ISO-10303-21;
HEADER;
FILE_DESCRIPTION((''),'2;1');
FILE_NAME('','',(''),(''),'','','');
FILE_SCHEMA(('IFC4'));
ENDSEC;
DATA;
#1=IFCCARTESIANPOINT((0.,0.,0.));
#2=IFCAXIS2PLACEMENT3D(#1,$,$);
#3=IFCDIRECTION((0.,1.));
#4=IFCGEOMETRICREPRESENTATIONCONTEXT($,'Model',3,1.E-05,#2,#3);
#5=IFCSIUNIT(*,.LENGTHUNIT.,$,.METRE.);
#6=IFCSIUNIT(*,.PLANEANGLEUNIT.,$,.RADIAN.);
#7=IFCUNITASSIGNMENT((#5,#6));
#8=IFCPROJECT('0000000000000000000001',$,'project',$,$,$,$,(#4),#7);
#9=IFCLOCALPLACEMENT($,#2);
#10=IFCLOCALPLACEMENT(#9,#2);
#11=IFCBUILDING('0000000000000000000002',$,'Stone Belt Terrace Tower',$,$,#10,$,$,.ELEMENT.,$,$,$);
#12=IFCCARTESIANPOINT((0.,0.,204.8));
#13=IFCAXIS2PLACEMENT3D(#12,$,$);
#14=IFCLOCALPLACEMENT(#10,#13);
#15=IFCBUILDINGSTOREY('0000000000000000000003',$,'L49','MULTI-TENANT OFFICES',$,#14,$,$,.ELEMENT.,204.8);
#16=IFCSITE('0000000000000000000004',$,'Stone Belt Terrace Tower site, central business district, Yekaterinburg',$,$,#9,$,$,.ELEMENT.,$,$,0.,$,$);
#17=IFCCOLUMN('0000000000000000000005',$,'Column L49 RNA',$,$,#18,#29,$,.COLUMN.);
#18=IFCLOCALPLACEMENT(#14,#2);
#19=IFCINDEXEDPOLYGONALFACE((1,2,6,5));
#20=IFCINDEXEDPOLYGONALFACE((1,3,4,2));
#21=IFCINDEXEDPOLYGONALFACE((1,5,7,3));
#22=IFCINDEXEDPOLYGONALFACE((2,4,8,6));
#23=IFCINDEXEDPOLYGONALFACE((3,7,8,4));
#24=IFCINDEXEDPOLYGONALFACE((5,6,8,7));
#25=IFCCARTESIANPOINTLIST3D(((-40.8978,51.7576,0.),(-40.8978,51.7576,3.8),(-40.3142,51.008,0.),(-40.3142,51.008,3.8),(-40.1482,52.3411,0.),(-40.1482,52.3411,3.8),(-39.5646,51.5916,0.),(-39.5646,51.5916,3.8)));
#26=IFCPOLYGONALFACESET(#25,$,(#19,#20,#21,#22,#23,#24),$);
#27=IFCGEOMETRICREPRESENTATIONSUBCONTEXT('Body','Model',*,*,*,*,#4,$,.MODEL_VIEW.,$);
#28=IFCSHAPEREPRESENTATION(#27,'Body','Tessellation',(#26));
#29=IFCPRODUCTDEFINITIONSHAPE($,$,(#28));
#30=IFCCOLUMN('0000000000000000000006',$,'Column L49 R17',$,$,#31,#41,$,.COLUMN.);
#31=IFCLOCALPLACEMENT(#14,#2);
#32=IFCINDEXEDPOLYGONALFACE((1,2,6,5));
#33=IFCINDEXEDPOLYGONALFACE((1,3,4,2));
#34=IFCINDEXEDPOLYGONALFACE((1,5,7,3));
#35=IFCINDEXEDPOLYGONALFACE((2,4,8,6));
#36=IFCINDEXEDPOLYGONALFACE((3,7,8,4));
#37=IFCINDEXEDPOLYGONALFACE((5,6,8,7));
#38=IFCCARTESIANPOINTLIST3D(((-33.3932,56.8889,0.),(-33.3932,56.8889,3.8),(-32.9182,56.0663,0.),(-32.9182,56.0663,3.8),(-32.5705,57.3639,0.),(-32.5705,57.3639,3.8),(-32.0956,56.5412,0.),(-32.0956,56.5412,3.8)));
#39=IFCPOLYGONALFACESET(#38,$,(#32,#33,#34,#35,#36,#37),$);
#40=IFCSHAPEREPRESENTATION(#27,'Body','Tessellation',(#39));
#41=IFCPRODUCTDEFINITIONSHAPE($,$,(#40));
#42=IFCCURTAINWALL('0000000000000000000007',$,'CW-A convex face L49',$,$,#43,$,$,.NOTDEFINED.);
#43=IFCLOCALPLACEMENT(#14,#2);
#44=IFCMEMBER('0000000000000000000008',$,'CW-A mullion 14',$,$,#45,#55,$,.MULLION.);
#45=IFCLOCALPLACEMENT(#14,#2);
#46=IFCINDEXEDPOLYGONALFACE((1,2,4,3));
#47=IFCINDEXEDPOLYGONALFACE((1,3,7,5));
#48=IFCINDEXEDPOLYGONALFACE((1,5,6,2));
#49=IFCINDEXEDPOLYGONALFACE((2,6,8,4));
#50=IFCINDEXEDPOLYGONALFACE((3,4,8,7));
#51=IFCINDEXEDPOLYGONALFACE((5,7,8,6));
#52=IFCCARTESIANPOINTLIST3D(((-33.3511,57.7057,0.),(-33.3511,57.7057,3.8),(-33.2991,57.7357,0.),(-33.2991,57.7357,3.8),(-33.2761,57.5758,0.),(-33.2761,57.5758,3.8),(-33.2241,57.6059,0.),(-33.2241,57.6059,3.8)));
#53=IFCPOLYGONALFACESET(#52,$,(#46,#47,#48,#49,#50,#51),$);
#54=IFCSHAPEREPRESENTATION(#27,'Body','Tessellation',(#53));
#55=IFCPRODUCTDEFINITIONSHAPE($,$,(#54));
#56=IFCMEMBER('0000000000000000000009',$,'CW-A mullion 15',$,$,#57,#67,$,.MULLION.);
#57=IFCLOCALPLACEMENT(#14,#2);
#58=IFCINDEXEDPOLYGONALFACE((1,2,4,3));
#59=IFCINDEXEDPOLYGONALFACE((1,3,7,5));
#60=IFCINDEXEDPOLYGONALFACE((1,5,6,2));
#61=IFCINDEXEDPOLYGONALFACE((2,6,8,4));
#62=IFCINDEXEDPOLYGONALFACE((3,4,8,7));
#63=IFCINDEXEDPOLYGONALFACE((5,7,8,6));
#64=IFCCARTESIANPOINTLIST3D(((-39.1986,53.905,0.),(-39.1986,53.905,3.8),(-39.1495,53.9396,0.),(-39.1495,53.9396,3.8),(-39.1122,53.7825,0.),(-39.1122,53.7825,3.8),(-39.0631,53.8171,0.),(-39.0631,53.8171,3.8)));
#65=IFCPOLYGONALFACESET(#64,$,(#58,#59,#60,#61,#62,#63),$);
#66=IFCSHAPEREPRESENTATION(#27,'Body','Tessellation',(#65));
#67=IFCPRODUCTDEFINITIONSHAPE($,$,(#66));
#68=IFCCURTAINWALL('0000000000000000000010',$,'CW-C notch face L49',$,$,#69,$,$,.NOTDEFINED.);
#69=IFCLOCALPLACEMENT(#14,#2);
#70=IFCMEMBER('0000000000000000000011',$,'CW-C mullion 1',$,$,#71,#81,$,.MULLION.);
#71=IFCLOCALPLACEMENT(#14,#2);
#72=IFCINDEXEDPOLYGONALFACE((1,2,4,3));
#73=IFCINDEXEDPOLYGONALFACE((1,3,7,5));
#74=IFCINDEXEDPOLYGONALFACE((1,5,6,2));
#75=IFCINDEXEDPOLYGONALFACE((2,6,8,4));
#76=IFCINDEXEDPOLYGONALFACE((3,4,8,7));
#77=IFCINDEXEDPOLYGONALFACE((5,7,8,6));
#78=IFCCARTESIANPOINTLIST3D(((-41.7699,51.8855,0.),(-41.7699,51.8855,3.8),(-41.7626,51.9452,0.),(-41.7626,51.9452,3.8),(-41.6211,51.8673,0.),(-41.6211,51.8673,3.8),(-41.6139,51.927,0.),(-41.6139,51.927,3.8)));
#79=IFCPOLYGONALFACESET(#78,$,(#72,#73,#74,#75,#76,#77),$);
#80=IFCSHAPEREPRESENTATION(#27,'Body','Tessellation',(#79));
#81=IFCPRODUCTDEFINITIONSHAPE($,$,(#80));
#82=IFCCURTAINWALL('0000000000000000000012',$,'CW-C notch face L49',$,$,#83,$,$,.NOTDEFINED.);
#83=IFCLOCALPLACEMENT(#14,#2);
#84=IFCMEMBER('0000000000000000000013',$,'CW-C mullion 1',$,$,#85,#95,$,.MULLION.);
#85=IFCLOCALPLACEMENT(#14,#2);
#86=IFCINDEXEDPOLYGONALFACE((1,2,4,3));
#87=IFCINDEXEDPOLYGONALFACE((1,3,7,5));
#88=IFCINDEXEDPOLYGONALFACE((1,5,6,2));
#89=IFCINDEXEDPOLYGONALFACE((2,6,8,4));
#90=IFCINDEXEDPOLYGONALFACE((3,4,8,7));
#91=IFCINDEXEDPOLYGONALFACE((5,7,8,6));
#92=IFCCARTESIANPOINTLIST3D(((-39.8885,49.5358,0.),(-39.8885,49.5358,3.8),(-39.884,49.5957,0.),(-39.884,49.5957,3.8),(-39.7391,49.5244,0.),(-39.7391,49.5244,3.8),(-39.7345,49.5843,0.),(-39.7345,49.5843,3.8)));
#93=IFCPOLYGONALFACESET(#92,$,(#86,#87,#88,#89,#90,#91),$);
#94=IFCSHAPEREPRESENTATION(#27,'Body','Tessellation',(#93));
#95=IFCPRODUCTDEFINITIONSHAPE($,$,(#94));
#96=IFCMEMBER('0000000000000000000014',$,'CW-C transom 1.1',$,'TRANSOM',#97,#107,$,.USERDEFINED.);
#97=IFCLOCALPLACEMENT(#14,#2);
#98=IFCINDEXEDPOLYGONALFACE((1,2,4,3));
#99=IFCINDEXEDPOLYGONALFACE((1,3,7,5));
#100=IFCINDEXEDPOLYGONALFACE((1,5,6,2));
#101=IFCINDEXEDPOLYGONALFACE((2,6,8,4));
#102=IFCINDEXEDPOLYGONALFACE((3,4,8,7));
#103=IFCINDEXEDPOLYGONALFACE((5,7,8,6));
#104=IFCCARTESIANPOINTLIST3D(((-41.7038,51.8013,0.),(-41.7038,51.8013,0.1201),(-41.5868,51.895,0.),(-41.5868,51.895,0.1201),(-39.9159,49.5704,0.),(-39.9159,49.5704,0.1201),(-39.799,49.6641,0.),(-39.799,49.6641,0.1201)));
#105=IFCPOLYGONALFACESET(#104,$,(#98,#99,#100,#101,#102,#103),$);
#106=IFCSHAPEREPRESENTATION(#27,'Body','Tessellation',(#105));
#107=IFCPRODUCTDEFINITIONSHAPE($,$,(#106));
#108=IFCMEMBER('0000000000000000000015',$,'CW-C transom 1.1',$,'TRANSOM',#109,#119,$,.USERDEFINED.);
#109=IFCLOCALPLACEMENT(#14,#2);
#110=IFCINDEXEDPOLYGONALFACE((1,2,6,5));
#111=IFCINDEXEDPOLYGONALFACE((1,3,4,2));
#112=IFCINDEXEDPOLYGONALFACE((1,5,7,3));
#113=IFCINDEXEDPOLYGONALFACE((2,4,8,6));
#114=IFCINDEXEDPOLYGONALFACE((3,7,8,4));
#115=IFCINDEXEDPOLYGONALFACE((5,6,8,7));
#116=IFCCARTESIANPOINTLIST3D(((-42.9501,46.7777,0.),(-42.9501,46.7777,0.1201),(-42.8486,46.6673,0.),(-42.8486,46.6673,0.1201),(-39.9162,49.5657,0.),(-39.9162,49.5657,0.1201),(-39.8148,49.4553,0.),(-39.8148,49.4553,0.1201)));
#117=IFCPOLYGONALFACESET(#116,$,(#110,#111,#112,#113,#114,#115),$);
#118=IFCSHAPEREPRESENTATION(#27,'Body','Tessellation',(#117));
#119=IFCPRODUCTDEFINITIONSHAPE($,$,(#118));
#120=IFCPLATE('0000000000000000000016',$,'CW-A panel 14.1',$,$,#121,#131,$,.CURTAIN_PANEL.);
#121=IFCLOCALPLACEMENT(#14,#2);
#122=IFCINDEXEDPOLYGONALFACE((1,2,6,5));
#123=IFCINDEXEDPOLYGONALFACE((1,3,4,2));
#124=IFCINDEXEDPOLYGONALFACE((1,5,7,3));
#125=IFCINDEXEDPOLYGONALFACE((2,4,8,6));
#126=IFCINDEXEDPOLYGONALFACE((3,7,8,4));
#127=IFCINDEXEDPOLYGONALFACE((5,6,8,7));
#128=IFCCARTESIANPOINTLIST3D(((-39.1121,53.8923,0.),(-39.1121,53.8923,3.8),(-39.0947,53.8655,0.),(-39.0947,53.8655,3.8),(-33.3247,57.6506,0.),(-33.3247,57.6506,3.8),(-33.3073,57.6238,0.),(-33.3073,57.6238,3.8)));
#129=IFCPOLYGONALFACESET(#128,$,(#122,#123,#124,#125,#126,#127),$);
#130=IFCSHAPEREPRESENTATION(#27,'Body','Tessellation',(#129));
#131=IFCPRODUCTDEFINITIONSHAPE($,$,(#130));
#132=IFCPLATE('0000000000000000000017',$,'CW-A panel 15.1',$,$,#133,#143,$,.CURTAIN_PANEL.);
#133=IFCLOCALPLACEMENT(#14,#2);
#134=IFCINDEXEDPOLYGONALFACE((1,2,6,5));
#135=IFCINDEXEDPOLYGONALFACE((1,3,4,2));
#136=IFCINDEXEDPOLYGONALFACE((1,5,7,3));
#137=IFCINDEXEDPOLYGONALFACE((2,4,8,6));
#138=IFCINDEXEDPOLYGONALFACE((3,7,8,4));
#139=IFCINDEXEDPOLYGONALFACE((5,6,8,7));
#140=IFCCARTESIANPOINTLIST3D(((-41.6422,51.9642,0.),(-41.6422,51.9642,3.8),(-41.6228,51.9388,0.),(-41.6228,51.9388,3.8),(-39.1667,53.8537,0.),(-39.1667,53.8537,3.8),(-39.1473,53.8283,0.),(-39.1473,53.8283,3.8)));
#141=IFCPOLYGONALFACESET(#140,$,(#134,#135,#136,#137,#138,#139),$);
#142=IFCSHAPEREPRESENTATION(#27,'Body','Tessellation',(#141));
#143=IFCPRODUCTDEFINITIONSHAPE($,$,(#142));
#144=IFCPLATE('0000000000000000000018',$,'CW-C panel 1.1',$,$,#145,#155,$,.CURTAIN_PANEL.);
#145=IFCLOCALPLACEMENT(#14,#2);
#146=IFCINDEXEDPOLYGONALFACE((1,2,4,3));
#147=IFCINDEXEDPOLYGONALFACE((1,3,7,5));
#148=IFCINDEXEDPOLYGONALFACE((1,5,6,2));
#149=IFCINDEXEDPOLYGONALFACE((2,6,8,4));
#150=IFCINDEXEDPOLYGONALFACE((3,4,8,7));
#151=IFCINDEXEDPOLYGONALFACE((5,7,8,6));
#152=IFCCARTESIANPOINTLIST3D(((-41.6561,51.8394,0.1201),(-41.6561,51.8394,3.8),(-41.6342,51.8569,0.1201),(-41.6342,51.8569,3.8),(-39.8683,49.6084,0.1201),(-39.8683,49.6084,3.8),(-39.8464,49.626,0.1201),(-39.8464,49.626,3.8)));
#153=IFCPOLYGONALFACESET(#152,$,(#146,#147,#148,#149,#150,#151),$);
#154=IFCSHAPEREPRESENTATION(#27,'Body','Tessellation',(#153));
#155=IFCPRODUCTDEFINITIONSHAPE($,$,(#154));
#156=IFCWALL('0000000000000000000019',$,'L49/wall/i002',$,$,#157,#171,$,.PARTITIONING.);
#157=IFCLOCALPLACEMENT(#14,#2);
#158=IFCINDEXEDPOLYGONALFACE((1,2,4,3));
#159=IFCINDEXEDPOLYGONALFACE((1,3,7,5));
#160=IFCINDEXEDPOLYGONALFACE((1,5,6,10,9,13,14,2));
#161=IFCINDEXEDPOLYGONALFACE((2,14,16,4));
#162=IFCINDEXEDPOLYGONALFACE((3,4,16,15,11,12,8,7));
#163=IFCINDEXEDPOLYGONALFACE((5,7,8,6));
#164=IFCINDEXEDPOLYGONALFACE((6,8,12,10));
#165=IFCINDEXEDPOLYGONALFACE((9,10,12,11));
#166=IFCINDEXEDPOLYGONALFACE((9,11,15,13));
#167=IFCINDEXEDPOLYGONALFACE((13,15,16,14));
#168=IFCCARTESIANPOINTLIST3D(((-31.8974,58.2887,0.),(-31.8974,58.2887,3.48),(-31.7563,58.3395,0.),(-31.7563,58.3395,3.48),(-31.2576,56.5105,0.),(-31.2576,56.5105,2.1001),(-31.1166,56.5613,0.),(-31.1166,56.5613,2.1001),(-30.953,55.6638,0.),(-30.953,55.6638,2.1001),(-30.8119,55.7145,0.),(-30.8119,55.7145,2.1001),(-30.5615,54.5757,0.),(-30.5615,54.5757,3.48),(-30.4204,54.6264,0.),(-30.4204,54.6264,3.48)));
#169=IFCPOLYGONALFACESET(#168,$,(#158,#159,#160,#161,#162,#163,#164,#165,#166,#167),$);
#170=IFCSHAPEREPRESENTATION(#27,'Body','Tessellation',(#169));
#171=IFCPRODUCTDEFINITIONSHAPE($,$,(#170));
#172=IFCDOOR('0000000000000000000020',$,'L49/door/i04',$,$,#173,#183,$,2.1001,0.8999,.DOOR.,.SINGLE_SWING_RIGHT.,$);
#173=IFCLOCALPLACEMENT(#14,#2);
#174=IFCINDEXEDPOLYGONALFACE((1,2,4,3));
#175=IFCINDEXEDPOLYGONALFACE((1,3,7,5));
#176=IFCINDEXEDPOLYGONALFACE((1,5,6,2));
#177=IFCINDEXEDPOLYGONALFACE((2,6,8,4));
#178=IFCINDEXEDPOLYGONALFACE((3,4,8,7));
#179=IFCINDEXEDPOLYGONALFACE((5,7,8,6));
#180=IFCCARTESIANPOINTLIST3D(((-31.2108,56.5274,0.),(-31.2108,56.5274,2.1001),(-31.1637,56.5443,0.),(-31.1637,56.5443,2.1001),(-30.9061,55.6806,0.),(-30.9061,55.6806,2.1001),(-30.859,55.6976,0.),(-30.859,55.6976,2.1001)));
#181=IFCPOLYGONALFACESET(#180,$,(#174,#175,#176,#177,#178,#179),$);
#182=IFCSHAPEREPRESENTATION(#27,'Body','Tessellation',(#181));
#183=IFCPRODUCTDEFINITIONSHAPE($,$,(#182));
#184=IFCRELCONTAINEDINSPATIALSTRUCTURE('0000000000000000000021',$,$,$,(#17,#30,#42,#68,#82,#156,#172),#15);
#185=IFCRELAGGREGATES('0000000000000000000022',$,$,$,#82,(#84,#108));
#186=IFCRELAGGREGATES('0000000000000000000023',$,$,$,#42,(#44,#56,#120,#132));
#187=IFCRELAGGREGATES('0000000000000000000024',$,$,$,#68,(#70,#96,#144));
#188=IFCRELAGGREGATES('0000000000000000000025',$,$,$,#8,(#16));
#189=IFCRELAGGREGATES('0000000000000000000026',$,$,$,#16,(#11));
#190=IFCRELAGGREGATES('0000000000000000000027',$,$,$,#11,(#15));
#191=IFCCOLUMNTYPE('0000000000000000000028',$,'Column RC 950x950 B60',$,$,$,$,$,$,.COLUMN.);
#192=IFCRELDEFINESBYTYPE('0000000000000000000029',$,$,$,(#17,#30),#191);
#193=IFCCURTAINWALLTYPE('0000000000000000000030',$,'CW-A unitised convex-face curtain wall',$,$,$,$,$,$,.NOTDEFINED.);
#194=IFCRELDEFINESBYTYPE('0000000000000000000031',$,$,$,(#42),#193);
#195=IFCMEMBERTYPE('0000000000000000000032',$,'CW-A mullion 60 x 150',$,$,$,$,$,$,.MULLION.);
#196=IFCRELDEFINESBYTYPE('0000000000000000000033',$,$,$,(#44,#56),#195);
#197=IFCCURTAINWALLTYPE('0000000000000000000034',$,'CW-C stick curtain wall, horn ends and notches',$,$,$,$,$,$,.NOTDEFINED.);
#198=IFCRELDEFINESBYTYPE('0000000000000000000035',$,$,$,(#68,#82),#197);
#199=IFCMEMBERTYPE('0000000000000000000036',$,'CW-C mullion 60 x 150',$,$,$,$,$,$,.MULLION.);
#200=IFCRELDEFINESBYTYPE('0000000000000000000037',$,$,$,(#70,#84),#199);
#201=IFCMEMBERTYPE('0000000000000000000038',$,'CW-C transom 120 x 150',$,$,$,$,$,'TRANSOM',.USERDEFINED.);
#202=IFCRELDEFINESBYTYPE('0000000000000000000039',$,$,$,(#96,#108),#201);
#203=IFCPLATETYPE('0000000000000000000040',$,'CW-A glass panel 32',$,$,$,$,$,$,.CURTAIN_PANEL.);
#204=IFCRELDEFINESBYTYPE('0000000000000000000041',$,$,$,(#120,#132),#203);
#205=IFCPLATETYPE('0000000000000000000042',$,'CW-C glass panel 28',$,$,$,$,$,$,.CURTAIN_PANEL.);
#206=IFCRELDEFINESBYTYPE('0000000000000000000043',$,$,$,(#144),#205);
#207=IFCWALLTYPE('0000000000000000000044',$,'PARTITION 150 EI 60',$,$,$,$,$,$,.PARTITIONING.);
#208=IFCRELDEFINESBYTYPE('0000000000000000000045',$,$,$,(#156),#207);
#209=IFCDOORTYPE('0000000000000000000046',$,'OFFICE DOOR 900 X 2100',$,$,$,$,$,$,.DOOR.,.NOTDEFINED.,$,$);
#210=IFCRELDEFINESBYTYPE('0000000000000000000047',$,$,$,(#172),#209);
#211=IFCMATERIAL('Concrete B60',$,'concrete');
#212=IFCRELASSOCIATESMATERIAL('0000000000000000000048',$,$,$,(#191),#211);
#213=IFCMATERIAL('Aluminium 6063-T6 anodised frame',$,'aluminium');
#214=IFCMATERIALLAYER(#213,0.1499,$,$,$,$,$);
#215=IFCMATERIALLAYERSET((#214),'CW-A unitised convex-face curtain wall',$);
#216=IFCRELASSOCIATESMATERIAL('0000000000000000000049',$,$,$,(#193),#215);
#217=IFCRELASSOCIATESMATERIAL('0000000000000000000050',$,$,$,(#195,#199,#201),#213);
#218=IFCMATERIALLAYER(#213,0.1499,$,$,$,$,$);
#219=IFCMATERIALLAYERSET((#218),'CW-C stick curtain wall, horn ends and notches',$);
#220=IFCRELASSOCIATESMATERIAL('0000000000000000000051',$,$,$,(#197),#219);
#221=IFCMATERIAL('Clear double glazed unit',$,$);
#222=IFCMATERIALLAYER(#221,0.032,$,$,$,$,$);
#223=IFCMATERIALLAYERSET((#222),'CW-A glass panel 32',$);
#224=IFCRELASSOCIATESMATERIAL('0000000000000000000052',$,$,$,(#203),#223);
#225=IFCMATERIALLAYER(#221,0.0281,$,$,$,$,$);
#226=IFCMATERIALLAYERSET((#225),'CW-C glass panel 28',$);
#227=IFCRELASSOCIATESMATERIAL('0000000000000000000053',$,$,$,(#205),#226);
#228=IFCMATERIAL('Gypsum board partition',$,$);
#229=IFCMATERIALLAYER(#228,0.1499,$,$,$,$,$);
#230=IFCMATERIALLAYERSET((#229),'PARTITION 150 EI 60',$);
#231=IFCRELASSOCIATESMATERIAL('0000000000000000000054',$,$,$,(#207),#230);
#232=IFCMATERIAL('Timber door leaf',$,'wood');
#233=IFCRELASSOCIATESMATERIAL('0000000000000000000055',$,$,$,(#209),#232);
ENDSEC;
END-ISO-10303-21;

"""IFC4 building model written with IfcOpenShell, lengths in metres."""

from ifc_helpers import new_model, si_unit, direction, frame, frame_2d, origin, origin_2d, place, context, subcontext, project, spatial, rectangle, extrude, material, layer, layer_set, material_profile, profile_set, type_object, element, fill, aggregate, save


model = new_model("IFC4")

# Units and contexts
model_context = context("Model", 3, precision=1e-05, world=origin(), true_north=direction((0.0, 1.0)))
body_context = subcontext(model_context, "Body", "Model", "MODEL_VIEW")
ifc_project = project(units=[si_unit("LENGTHUNIT", "METRE"), si_unit("PLANEANGLEUNIT", "RADIAN")], contexts=[model_context])

# Site, building, storey
site_placement = place(None, origin())
site = spatial("IfcSite", under=ifc_project, at=site_placement, Name="Stone Belt Terrace Tower site, central business district, Yekaterinburg", CompositionType="ELEMENT", RefElevation=0.0)
building_placement = place(site_placement, origin())
building = spatial("IfcBuilding", under=site, at=building_placement, Name="Stone Belt Terrace Tower", CompositionType="ELEMENT")
storey_placement = place(building_placement, frame((0.0, 0.0, 204.8)))
storey = spatial("IfcBuildingStorey", under=building, at=storey_placement, Name="L49", Description="MULTI-TENANT OFFICES", CompositionType="ELEMENT", Elevation=204.8)

# Columns
ifc_material_1 = material(Name="Concrete B60", Category="concrete")
ifc_material_profile_1 = material_profile(ifc_material_1, rectangle(XDim=0.95, YDim=0.95, at=origin_2d()), Name="RC 950x950")
ifc_profile_set_1 = profile_set([ifc_material_profile_1], Name="Concrete B60")
column_type = type_object("IfcColumnType", Name="Column RC 950x950 B60", PredefinedType="COLUMN", material=ifc_profile_set_1)
for number, where, z_axis, x_axis, name in (
    (1, (-40.2312, 51.6746, 0.0), (0.0, 0.0, 1.0), (0.789057, 0.61432, 0.0), "Column L49 RNA"),
    (2, (-32.7444, 56.7151, 0.0), (0.0, 0.0, 1.0), (0.866025, 0.5, 0.0), "Column L49 R17"),
):
    element("IfcColumn", number, at=place(storey_placement, frame(where, z_axis=z_axis, x_axis=x_axis)), inside=storey, type_object=column_type, Name=name, PredefinedType="COLUMN", context=body_context, shape_type="SweptSolid", body=[
        extrude(rectangle(XDim=0.95, YDim=0.95, at=origin_2d()), origin(), (0.0, 0.0, 1.0), 3.8),
    ])

# Curtain wall, members
ifc_material_2 = material(Name="Aluminium 6063-T6 anodised frame", Category="aluminium")
ifc_layer_1 = layer(ifc_material_2, 0.1499)
ifc_layer_set_1 = layer_set([ifc_layer_1], Name="CW-A unitised convex-face curtain wall")
curtain_wall_type_1 = type_object("IfcCurtainWallType", Name="CW-A unitised convex-face curtain wall", PredefinedType="NOTDEFINED", material=ifc_layer_set_1)
curtain_wall_1_placement = place(storey_placement, origin())
curtain_wall_1 = element("IfcCurtainWall", 3, at=curtain_wall_1_placement, inside=storey, type_object=curtain_wall_type_1, Name="CW-A convex face L49", PredefinedType="NOTDEFINED")
ifc_material_profile_2 = material_profile(ifc_material_2, rectangle(XDim=0.1499, YDim=0.0601, at=origin_2d()), Name="Aluminium 6063-T6 60x150")
ifc_profile_set_2 = profile_set([ifc_material_profile_2], Name="Aluminium 6063-T6 anodised frame")
member_type_1 = type_object("IfcMemberType", Name="CW-A mullion 60 x 150", PredefinedType="MULLION", material=ifc_profile_set_2)
member_1_placement = place(storey_placement, frame((-33.2876, 57.6558, 0.0), z_axis=(0.0, 0.0, 1.0), x_axis=(0.5, -0.866025, 0.0)))
member_1 = element("IfcMember", 4, at=member_1_placement, type_object=member_type_1, Name="CW-A mullion 14", PredefinedType="MULLION", context=body_context, shape_type="SweptSolid", body=[
    extrude(rectangle(XDim=0.1499, YDim=0.0601, at=origin_2d()), origin(), (0.0, 0.0, 1.0), 3.8),
])
member_2_placement = place(storey_placement, frame((-39.1309, 53.8611, 0.0), z_axis=(0.0, 0.0, 1.0), x_axis=(0.576102, -0.817378, 0.0)))
member_2 = element("IfcMember", 5, at=member_2_placement, type_object=member_type_1, Name="CW-A mullion 15", PredefinedType="MULLION", context=body_context, shape_type="SweptSolid", body=[
    extrude(rectangle(XDim=0.1499, YDim=0.0601, at=origin_2d()), origin(), (0.0, 0.0, 1.0), 3.8),
])

# Curtain walls, members
ifc_layer_2 = layer(ifc_material_2, 0.1499)
ifc_layer_set_2 = layer_set([ifc_layer_2], Name="CW-C stick curtain wall, horn ends and notches")
curtain_wall_type_2 = type_object("IfcCurtainWallType", Name="CW-C stick curtain wall, horn ends and notches", PredefinedType="NOTDEFINED", material=ifc_layer_set_2)
curtain_wall_2_placement = place(storey_placement, origin())
curtain_wall_2 = element("IfcCurtainWall", 6, at=curtain_wall_2_placement, inside=storey, type_object=curtain_wall_type_2, Name="CW-C notch face L49", PredefinedType="NOTDEFINED")
ifc_material_profile_3 = material_profile(ifc_material_2, rectangle(XDim=0.1499, YDim=0.0601, at=origin_2d()), Name="Aluminium 6063-T6 60x150")
ifc_profile_set_3 = profile_set([ifc_material_profile_3], Name="Aluminium 6063-T6 anodised frame")
member_type_2 = type_object("IfcMemberType", Name="CW-C mullion 60 x 150", PredefinedType="MULLION", material=ifc_profile_set_3)
member_3_placement = place(storey_placement, frame((-41.6919, 51.9062, 0.0), z_axis=(0.0, 0.0, 1.0), x_axis=(0.992611, -0.121341, 0.0)))
member_3 = element("IfcMember", 7, at=member_3_placement, type_object=member_type_2, Name="CW-C mullion 1", PredefinedType="MULLION", context=body_context, shape_type="SweptSolid", body=[
    extrude(rectangle(XDim=0.1499, YDim=0.0601, at=origin_2d()), origin(), (0.0, 0.0, 1.0), 3.8),
])
curtain_wall_3_placement = place(storey_placement, origin())
curtain_wall_3 = element("IfcCurtainWall", 8, at=curtain_wall_3_placement, inside=storey, type_object=curtain_wall_type_2, Name="CW-C notch face L49", PredefinedType="NOTDEFINED")
member_4_placement = place(storey_placement, frame((-39.8115, 49.5601, 0.0), z_axis=(0.0, 0.0, 1.0), x_axis=(0.997114, -0.07592, 0.0)))
member_4 = element("IfcMember", 9, at=member_4_placement, type_object=member_type_2, Name="CW-C mullion 1", PredefinedType="MULLION", context=body_context, shape_type="SweptSolid", body=[
    extrude(rectangle(XDim=0.1499, YDim=0.0601, at=origin_2d()), origin(), (0.0, 0.0, 1.0), 3.8),
])

# Members
ifc_material_profile_4 = material_profile(ifc_material_2, rectangle(XDim=0.1499, YDim=0.1201, at=origin_2d()), Name="Aluminium 6063-T6 150x120")
ifc_profile_set_4 = profile_set([ifc_material_profile_4], Name="Aluminium 6063-T6 anodised frame")
member_type_3 = type_object("IfcMemberType", Name="CW-C transom 120 x 150", ElementType="TRANSOM", PredefinedType="USERDEFINED", material=ifc_profile_set_4)
member_5_placement = place(storey_placement, frame((-41.6453, 51.8481, 0.0601), z_axis=(0.625351, -0.780344, 0.0), x_axis=(0.780344, 0.625351, 0.0)))
member_5 = element("IfcMember", 10, at=member_5_placement, type_object=member_type_3, Name="CW-C transom 1.1", ObjectType="TRANSOM", PredefinedType="USERDEFINED", context=body_context, shape_type="SweptSolid", body=[
    extrude(rectangle(XDim=0.1499, YDim=0.1201, at=origin_2d()), origin(), (0.0, 0.0, 1.0), 2.8589),
])
member_6_placement = place(storey_placement, frame((-39.8655, 49.5105, 0.0601), z_axis=(-0.73631, -0.676644, 0.0), x_axis=(0.676644, -0.73631, 0.0)))
member_6 = element("IfcMember", 11, at=member_6_placement, type_object=member_type_3, Name="CW-C transom 1.1", ObjectType="TRANSOM", PredefinedType="USERDEFINED", context=body_context, shape_type="SweptSolid", body=[
    extrude(rectangle(XDim=0.1499, YDim=0.1201, at=origin_2d()), origin(), (0.0, 0.0, 1.0), 4.1204),
])
aggregate(curtain_wall_3, [member_4, member_6])

# Plates
ifc_material_3 = material(Name="Clear double glazed unit")
ifc_layer_3 = layer(ifc_material_3, 0.032)
ifc_layer_set_3 = layer_set([ifc_layer_3], Name="CW-A glass panel 32")
plate_type_1 = type_object("IfcPlateType", Name="CW-A glass panel 32", PredefinedType="CURTAIN_PANEL", material=ifc_layer_set_3)
plate_1_placement = place(storey_placement, frame((-36.2097, 55.7581, 0.0), z_axis=(0.0, 0.0, 1.0), x_axis=(-0.838671, -0.544639, 0.0)))
plate_1 = element("IfcPlate", 12, at=plate_1_placement, type_object=plate_type_1, Name="CW-A panel 14.1", PredefinedType="CURTAIN_PANEL", context=body_context, shape_type="SweptSolid", body=[
    extrude(rectangle(XDim=6.9006, YDim=0.032, at=origin_2d()), origin(), (0.0, 0.0, 1.0), 3.8),
])
plate_2_placement = place(storey_placement, frame((-40.3948, 52.8962, 0.0), z_axis=(0.0, 0.0, 1.0), x_axis=(-0.794905, -0.606733, 0.0)))
plate_2 = element("IfcPlate", 13, at=plate_2_placement, type_object=plate_type_1, Name="CW-A panel 15.1", PredefinedType="CURTAIN_PANEL", context=body_context, shape_type="SweptSolid", body=[
    extrude(rectangle(XDim=3.1143, YDim=0.032, at=origin_2d()), origin(), (0.0, 0.0, 1.0), 3.8),
])
aggregate(curtain_wall_1, [member_1, member_2, plate_1, plate_2])
ifc_layer_4 = layer(ifc_material_3, 0.0281)
ifc_layer_set_4 = layer_set([ifc_layer_4], Name="CW-C glass panel 28")
plate_type_2 = type_object("IfcPlateType", Name="CW-C glass panel 28", PredefinedType="CURTAIN_PANEL", material=ifc_layer_set_4)
plate_3_placement = place(storey_placement, frame((-40.7512, 50.7327, 0.1201), z_axis=(0.0, 0.0, 1.0), x_axis=(0.625343, -0.78035, 0.0)))
plate_3 = element("IfcPlate", 14, at=plate_3_placement, type_object=plate_type_2, Name="CW-C panel 1.1", PredefinedType="CURTAIN_PANEL", context=body_context, shape_type="SweptSolid", body=[
    extrude(rectangle(XDim=2.8589, YDim=0.0281, at=origin_2d()), origin(), (0.0, 0.0, 1.0), 3.6799),
])
aggregate(curtain_wall_2, [member_3, member_5, plate_3])

# Wall, opening, door
ifc_material_4 = material(Name="Gypsum board partition")
ifc_layer_5 = layer(ifc_material_4, 0.1499)
ifc_layer_set_5 = layer_set([ifc_layer_5], Name="PARTITION 150 EI 60")
wall_type = type_object("IfcWallType", Name="PARTITION 150 EI 60", PredefinedType="PARTITIONING", material=ifc_layer_set_5)
wall_1_placement = place(storey_placement, frame((-31.8269, 58.3142, 0.0), z_axis=(0.0, 0.0, 1.0), x_axis=(0.338542, -0.940951, 0.0)))
wall_1 = element("IfcWall", 15, at=wall_1_placement, inside=storey, type_object=wall_type, Name="L49/wall/i002", PredefinedType="PARTITIONING", context=body_context, shape_type="SweptSolid", body=[
    extrude(rectangle(XDim=3.946, YDim=0.1499, at=frame_2d((1.9731, 0.0))), origin(), (0.0, 0.0, 1.0), 3.48),
])
opening_1_placement = place(wall_1_placement, frame((1.8899, 0.0, 0.0)))
opening_1 = element("IfcOpeningElement", 16, at=opening_1_placement, cuts=wall_1, PredefinedType="OPENING", context=body_context, shape_type="SweptSolid", body=[
    extrude(rectangle(XDim=0.8999, YDim=2.1001, at=frame_2d((0.45, 1.05))), frame((0.0, 0.085, 0.0), z_axis=(0.0, -1.0, 0.0), x_axis=(1.0, 0.0, 0.0)), (0.0, 0.0, 1.0), 0.1699),
])
ifc_material_5 = material(Name="Timber door leaf", Category="wood")
door_type = type_object("IfcDoorType", Name="OFFICE DOOR 900 X 2100", OperationType="NOTDEFINED", PredefinedType="DOOR", material=ifc_material_5)
door_1_placement = place(opening_1_placement, origin())
door_1 = element("IfcDoor", 17, at=door_1_placement, inside=storey, type_object=door_type, Name="L49/door/i04", OperationType="SINGLE_SWING_RIGHT", OverallHeight=2.1001, OverallWidth=0.8999, PredefinedType="DOOR", context=body_context, shape_type="SweptSolid", body=[
    extrude(rectangle(XDim=0.8999, YDim=2.1001, at=frame_2d((0.45, 1.05))), frame((0.0, 0.0249, 0.0), z_axis=(0.0, -1.0, 0.0), x_axis=(1.0, 0.0, 0.0)), (0.0, 0.0, 1.0), 0.05),
])
fill(opening_1, door_1)

save(model, "model.ifc")
